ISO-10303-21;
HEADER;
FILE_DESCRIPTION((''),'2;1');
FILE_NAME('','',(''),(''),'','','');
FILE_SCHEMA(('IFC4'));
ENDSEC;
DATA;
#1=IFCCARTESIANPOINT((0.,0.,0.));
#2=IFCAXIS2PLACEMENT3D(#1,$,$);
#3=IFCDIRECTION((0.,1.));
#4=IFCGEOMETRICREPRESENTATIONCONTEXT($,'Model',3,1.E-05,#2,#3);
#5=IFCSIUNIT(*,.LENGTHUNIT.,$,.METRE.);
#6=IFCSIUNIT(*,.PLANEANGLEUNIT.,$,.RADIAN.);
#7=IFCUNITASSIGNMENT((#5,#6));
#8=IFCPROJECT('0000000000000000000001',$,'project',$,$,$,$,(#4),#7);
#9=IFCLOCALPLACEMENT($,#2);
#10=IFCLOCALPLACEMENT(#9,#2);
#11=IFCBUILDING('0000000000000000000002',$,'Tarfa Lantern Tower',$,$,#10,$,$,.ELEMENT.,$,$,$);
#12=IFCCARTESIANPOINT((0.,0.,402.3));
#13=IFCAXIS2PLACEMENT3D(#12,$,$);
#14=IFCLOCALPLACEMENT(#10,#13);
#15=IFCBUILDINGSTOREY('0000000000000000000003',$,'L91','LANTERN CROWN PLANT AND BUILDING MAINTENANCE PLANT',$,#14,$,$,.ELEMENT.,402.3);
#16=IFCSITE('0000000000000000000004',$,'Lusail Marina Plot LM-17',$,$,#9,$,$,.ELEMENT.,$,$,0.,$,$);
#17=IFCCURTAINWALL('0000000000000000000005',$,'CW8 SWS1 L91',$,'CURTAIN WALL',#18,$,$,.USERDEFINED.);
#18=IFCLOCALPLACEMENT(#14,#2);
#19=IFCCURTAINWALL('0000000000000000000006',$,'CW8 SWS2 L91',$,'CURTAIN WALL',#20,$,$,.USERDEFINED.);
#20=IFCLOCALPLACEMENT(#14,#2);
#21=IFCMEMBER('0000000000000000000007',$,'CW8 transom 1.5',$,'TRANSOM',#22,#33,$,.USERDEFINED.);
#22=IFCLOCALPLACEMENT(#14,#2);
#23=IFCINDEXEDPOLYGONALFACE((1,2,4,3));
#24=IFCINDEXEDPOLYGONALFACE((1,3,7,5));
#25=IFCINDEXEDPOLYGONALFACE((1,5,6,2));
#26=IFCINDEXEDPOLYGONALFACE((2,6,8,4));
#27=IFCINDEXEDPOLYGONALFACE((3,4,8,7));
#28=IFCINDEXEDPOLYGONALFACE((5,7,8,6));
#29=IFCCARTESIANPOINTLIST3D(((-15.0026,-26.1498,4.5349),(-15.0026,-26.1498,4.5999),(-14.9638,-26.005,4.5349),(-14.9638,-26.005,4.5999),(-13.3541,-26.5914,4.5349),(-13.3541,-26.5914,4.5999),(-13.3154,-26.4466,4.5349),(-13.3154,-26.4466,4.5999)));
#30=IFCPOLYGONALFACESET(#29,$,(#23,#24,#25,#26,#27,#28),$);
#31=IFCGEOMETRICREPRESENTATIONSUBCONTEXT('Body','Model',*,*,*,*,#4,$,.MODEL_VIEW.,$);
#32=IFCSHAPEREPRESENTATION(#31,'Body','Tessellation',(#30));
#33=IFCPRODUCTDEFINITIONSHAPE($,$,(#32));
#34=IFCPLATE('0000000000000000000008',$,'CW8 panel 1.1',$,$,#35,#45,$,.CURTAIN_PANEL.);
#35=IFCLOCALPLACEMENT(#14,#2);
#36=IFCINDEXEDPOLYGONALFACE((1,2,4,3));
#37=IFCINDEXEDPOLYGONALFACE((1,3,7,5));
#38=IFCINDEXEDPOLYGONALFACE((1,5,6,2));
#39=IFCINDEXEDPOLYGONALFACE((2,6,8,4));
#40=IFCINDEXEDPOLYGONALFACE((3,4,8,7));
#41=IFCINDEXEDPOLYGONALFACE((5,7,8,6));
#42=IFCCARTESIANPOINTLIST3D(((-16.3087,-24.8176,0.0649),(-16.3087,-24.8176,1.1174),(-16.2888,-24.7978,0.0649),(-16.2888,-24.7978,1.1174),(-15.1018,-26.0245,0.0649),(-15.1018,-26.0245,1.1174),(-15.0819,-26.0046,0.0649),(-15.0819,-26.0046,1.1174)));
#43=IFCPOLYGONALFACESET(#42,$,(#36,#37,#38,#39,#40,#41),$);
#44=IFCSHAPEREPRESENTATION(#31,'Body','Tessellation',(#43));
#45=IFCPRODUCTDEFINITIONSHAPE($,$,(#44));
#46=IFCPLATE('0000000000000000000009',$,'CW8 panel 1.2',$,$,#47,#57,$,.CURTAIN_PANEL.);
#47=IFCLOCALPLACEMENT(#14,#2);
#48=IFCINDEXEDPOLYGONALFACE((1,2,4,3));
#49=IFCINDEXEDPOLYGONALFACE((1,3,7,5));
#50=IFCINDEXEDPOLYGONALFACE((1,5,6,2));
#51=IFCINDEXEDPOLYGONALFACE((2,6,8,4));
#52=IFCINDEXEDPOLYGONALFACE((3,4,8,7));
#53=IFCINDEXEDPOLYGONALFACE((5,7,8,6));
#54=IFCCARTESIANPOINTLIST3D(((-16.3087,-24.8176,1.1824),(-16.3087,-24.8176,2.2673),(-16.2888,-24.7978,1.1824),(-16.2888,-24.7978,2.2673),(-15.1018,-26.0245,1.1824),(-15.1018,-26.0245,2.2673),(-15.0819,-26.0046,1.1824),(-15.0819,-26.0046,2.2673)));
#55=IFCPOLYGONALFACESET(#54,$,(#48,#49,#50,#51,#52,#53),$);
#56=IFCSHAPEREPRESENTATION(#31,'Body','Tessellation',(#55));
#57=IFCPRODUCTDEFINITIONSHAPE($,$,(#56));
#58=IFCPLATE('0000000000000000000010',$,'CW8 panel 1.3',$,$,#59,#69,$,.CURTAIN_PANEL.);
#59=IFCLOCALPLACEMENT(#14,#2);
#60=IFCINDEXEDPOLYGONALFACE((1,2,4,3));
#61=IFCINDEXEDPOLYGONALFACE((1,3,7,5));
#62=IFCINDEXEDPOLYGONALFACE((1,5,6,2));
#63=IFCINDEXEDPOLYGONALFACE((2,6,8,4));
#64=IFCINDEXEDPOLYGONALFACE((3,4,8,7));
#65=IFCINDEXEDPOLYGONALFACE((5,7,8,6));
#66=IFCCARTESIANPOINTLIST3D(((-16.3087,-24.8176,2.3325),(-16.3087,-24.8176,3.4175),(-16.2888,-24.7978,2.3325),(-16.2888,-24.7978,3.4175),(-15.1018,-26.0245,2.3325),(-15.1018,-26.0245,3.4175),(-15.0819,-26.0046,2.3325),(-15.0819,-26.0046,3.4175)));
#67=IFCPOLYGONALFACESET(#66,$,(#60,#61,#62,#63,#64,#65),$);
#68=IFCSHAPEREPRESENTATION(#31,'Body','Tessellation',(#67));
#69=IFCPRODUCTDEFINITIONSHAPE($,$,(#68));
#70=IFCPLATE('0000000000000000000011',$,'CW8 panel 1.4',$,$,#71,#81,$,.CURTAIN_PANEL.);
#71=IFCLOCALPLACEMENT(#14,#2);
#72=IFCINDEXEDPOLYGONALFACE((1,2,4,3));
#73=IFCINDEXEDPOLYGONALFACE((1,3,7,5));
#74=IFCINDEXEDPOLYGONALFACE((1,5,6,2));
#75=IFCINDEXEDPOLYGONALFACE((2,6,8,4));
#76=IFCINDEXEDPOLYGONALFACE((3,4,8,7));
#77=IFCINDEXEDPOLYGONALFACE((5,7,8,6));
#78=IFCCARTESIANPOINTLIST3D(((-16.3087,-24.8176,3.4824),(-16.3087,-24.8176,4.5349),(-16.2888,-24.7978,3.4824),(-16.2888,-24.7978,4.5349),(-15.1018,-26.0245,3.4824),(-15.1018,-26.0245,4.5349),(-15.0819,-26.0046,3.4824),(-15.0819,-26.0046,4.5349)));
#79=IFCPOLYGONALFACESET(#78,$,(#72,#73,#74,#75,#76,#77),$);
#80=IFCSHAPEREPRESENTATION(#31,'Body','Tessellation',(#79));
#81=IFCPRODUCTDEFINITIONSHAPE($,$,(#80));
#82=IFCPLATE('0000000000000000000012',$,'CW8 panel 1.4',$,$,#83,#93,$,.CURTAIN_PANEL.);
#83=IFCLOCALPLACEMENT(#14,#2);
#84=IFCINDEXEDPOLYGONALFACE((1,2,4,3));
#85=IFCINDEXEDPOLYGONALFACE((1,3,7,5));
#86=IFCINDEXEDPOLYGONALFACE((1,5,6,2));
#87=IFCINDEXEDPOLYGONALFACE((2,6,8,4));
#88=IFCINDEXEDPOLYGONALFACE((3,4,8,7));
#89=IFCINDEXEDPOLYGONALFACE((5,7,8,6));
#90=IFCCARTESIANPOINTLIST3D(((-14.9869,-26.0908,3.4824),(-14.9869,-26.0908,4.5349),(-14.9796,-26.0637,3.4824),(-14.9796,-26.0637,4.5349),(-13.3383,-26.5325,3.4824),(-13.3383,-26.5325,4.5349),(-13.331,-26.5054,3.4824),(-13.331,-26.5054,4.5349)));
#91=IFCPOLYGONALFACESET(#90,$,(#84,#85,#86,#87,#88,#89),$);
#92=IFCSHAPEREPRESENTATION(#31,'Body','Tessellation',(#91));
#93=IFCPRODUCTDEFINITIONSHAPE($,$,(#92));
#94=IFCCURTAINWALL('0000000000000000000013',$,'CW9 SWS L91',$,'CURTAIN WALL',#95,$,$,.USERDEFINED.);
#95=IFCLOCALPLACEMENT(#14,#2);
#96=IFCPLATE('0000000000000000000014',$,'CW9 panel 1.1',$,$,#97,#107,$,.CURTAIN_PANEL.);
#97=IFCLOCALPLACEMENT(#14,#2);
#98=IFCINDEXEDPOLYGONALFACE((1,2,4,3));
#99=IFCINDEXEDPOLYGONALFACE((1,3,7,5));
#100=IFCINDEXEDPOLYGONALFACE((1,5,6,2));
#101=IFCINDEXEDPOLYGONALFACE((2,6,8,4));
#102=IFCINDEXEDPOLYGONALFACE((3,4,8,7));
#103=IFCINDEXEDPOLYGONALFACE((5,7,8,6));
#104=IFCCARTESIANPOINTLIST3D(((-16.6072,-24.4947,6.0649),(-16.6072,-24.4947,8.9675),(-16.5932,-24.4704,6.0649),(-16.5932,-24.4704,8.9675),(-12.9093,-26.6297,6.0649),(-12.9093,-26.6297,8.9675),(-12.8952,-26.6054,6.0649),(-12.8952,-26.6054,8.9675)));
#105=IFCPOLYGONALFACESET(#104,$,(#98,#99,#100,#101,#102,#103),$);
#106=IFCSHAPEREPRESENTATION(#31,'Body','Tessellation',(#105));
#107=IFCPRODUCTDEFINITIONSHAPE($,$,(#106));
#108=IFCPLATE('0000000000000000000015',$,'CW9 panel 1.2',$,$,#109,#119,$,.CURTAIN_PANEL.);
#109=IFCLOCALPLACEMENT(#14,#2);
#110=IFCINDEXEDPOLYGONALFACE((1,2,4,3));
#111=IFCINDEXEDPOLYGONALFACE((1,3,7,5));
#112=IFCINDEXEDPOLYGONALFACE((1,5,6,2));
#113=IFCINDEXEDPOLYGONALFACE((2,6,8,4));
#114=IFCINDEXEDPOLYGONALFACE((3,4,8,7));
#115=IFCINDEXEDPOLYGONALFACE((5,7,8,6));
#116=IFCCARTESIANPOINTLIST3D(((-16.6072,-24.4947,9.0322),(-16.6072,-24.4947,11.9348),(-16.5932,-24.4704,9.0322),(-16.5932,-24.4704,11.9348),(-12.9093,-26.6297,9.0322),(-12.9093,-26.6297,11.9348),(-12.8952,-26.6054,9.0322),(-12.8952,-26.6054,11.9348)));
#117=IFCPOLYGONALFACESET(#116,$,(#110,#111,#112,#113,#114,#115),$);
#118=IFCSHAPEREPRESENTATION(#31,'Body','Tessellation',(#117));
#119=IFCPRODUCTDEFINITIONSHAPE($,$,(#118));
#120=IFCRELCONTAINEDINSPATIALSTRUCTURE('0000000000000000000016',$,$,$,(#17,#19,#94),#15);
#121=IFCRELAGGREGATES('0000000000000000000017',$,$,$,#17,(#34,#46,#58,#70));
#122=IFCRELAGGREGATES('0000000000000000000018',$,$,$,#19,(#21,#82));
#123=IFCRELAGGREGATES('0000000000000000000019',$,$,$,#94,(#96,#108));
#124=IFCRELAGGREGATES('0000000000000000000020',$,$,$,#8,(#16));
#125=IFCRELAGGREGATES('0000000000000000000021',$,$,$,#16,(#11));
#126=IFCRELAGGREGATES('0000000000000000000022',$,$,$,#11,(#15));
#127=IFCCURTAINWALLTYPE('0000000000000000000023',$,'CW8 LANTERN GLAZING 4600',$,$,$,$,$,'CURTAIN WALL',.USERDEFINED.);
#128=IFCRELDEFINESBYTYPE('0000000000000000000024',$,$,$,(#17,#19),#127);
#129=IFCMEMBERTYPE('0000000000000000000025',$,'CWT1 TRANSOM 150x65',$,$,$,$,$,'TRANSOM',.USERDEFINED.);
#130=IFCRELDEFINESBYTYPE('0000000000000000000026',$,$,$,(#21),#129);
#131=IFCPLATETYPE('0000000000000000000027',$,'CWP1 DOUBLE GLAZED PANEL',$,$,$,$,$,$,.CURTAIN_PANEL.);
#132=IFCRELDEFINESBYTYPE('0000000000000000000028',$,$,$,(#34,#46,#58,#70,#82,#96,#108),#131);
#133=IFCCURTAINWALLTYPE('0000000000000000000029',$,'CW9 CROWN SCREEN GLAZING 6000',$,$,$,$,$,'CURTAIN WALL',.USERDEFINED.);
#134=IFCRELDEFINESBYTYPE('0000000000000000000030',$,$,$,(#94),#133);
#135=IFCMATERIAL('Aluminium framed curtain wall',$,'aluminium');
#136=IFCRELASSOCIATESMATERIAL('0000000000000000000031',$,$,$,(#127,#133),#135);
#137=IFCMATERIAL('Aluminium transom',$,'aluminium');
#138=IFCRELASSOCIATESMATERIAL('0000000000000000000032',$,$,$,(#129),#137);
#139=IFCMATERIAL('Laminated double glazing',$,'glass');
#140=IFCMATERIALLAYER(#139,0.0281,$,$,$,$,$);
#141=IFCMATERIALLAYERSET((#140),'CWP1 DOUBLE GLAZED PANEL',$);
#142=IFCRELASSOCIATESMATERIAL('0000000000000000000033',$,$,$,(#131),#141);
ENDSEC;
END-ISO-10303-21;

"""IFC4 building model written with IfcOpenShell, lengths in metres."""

from ifc_helpers import new_model, si_unit, direction, frame, origin, origin_2d, place, context, subcontext, project, spatial, rectangle, extrude, material, layer, layer_set, material_profile, profile_set, type_object, element, aggregate, save


model = new_model("IFC4")

# Units and contexts
model_context = context("Model", 3, precision=1e-05, world=origin(), true_north=direction((0.0, 1.0)))
body_context = subcontext(model_context, "Body", "Model", "MODEL_VIEW")
ifc_project = project(units=[si_unit("LENGTHUNIT", "METRE"), si_unit("PLANEANGLEUNIT", "RADIAN")], contexts=[model_context])

# Site, building, storey
site_placement = place(None, origin())
site = spatial("IfcSite", under=ifc_project, at=site_placement, Name="Lusail Marina Plot LM-17", CompositionType="ELEMENT", RefElevation=0.0)
building_placement = place(site_placement, origin())
building = spatial("IfcBuilding", under=site, at=building_placement, Name="Tarfa Lantern Tower", CompositionType="ELEMENT")
storey_placement = place(building_placement, frame((0.0, 0.0, 402.3)))
storey = spatial("IfcBuildingStorey", under=building, at=storey_placement, Name="L91", Description="LANTERN CROWN PLANT AND BUILDING MAINTENANCE PLANT", CompositionType="ELEMENT", Elevation=402.3)

# Curtain walls
ifc_material_1 = material(Name="Aluminium framed curtain wall", Category="aluminium")
curtain_wall_type_1 = type_object("IfcCurtainWallType", Name="CW8 LANTERN GLAZING 4600", ElementType="CURTAIN WALL", PredefinedType="USERDEFINED", material=ifc_material_1)
curtain_wall_1_placement = place(storey_placement, origin())
curtain_wall_1 = element("IfcCurtainWall", 1, at=curtain_wall_1_placement, inside=storey, type_object=curtain_wall_type_1, Name="CW8 SWS1 L91", ObjectType="CURTAIN WALL", PredefinedType="USERDEFINED")
curtain_wall_2_placement = place(storey_placement, origin())
curtain_wall_2 = element("IfcCurtainWall", 2, at=curtain_wall_2_placement, inside=storey, type_object=curtain_wall_type_1, Name="CW8 SWS2 L91", ObjectType="CURTAIN WALL", PredefinedType="USERDEFINED")

# Member
ifc_material_2 = material(Name="Aluminium transom", Category="aluminium")
ifc_material_profile_1 = material_profile(ifc_material_2, rectangle(XDim=0.1499, YDim=0.0649, at=origin_2d()), Name="AL TRANSOM 150x65")
ifc_profile_set_1 = profile_set([ifc_material_profile_1], Name="Aluminium transom")
member_type_1 = type_object("IfcMemberType", Name="CWT1 TRANSOM 150x65", ElementType="TRANSOM", PredefinedType="USERDEFINED", material=ifc_profile_set_1)
member_1_placement = place(storey_placement, frame((-14.9832, -26.0774, 4.5674), z_axis=(0.965933, -0.258793, 0.0), x_axis=(0.258793, 0.965933, 0.0)))
member_1 = element("IfcMember", 3, at=member_1_placement, type_object=member_type_1, Name="CW8 transom 1.5", ObjectType="TRANSOM", PredefinedType="USERDEFINED", context=body_context, shape_type="SweptSolid", body=[
    extrude(rectangle(XDim=0.1499, YDim=0.0649, at=origin_2d()), origin(), (0.0, 0.0, 1.0), 1.7065),
])

# Plates
ifc_material_3 = material(Name="Laminated double glazing", Category="glass")
ifc_layer = layer(ifc_material_3, 0.0281)
ifc_layer_set = layer_set([ifc_layer], Name="CWP1 DOUBLE GLAZED PANEL")
plate_type = type_object("IfcPlateType", Name="CWP1 DOUBLE GLAZED PANEL", PredefinedType="CURTAIN_PANEL", material=ifc_layer_set)
plate_1_placement = place(storey_placement, frame((-15.6953, -25.4111, 0.0649), z_axis=(0.0, 0.0, 1.0), x_axis=(0.707107, -0.707107, 0.0)))
plate_1 = element("IfcPlate", 4, at=plate_1_placement, type_object=plate_type, Name="CW8 panel 1.1", PredefinedType="CURTAIN_PANEL", context=body_context, shape_type="SweptSolid", body=[
    extrude(rectangle(XDim=1.7068, YDim=0.0281, at=origin_2d()), origin(), (0.0, 0.0, 1.0), 1.0525),
])
plate_2_placement = place(storey_placement, frame((-15.6953, -25.4111, 1.1824), z_axis=(0.0, 0.0, 1.0), x_axis=(0.707107, -0.707107, 0.0)))
plate_2 = element("IfcPlate", 5, at=plate_2_placement, type_object=plate_type, Name="CW8 panel 1.2", PredefinedType="CURTAIN_PANEL", context=body_context, shape_type="SweptSolid", body=[
    extrude(rectangle(XDim=1.7068, YDim=0.0281, at=origin_2d()), origin(), (0.0, 0.0, 1.0), 1.085),
])
plate_3_placement = place(storey_placement, frame((-15.6953, -25.4111, 2.3325), z_axis=(0.0, 0.0, 1.0), x_axis=(0.707107, -0.707107, 0.0)))
plate_3 = element("IfcPlate", 6, at=plate_3_placement, type_object=plate_type, Name="CW8 panel 1.3", PredefinedType="CURTAIN_PANEL", context=body_context, shape_type="SweptSolid", body=[
    extrude(rectangle(XDim=1.7068, YDim=0.0281, at=origin_2d()), origin(), (0.0, 0.0, 1.0), 1.085),
])
plate_4_placement = place(storey_placement, frame((-15.6953, -25.4111, 3.4824), z_axis=(0.0, 0.0, 1.0), x_axis=(0.707107, -0.707107, 0.0)))
plate_4 = element("IfcPlate", 7, at=plate_4_placement, type_object=plate_type, Name="CW8 panel 1.4", PredefinedType="CURTAIN_PANEL", context=body_context, shape_type="SweptSolid", body=[
    extrude(rectangle(XDim=1.7068, YDim=0.0281, at=origin_2d()), origin(), (0.0, 0.0, 1.0), 1.0525),
])
aggregate(curtain_wall_1, [plate_1, plate_2, plate_3, plate_4])
plate_5_placement = place(storey_placement, frame((-14.1589, -26.2981, 3.4824), z_axis=(0.0, 0.0, 1.0), x_axis=(0.965926, -0.258819, 0.0)))
plate_5 = element("IfcPlate", 8, at=plate_5_placement, type_object=plate_type, Name="CW8 panel 1.4", PredefinedType="CURTAIN_PANEL", context=body_context, shape_type="SweptSolid", body=[
    extrude(rectangle(XDim=1.7068, YDim=0.0281, at=origin_2d()), origin(), (0.0, 0.0, 1.0), 1.0525),
])
aggregate(curtain_wall_2, [member_1, plate_5])

# Curtain wall, plates
curtain_wall_type_2 = type_object("IfcCurtainWallType", Name="CW9 CROWN SCREEN GLAZING 6000", ElementType="CURTAIN WALL", PredefinedType="USERDEFINED", material=ifc_material_1)
curtain_wall_3_placement = place(storey_placement, origin())
curtain_wall_3 = element("IfcCurtainWall", 9, at=curtain_wall_3_placement, inside=storey, type_object=curtain_wall_type_2, Name="CW9 SWS L91", ObjectType="CURTAIN WALL", PredefinedType="USERDEFINED")
plate_6_placement = place(storey_placement, frame((-14.7512, -25.55, 6.0649), z_axis=(0.0, 0.0, 1.0), x_axis=(0.866025, -0.5, 0.0)))
plate_6 = element("IfcPlate", 10, at=plate_6_placement, type_object=plate_type, Name="CW9 panel 1.1", PredefinedType="CURTAIN_PANEL", context=body_context, shape_type="SweptSolid", body=[
    extrude(rectangle(XDim=4.27, YDim=0.0281, at=origin_2d()), origin(), (0.0, 0.0, 1.0), 2.9026),
])
plate_7_placement = place(storey_placement, frame((-14.7512, -25.55, 9.0322), z_axis=(0.0, 0.0, 1.0), x_axis=(0.866025, -0.5, 0.0)))
plate_7 = element("IfcPlate", 11, at=plate_7_placement, type_object=plate_type, Name="CW9 panel 1.2", PredefinedType="CURTAIN_PANEL", context=body_context, shape_type="SweptSolid", body=[
    extrude(rectangle(XDim=4.27, YDim=0.0281, at=origin_2d()), origin(), (0.0, 0.0, 1.0), 2.9026),
])
aggregate(curtain_wall_3, [plate_6, plate_7])

save(model, "model.ifc")
